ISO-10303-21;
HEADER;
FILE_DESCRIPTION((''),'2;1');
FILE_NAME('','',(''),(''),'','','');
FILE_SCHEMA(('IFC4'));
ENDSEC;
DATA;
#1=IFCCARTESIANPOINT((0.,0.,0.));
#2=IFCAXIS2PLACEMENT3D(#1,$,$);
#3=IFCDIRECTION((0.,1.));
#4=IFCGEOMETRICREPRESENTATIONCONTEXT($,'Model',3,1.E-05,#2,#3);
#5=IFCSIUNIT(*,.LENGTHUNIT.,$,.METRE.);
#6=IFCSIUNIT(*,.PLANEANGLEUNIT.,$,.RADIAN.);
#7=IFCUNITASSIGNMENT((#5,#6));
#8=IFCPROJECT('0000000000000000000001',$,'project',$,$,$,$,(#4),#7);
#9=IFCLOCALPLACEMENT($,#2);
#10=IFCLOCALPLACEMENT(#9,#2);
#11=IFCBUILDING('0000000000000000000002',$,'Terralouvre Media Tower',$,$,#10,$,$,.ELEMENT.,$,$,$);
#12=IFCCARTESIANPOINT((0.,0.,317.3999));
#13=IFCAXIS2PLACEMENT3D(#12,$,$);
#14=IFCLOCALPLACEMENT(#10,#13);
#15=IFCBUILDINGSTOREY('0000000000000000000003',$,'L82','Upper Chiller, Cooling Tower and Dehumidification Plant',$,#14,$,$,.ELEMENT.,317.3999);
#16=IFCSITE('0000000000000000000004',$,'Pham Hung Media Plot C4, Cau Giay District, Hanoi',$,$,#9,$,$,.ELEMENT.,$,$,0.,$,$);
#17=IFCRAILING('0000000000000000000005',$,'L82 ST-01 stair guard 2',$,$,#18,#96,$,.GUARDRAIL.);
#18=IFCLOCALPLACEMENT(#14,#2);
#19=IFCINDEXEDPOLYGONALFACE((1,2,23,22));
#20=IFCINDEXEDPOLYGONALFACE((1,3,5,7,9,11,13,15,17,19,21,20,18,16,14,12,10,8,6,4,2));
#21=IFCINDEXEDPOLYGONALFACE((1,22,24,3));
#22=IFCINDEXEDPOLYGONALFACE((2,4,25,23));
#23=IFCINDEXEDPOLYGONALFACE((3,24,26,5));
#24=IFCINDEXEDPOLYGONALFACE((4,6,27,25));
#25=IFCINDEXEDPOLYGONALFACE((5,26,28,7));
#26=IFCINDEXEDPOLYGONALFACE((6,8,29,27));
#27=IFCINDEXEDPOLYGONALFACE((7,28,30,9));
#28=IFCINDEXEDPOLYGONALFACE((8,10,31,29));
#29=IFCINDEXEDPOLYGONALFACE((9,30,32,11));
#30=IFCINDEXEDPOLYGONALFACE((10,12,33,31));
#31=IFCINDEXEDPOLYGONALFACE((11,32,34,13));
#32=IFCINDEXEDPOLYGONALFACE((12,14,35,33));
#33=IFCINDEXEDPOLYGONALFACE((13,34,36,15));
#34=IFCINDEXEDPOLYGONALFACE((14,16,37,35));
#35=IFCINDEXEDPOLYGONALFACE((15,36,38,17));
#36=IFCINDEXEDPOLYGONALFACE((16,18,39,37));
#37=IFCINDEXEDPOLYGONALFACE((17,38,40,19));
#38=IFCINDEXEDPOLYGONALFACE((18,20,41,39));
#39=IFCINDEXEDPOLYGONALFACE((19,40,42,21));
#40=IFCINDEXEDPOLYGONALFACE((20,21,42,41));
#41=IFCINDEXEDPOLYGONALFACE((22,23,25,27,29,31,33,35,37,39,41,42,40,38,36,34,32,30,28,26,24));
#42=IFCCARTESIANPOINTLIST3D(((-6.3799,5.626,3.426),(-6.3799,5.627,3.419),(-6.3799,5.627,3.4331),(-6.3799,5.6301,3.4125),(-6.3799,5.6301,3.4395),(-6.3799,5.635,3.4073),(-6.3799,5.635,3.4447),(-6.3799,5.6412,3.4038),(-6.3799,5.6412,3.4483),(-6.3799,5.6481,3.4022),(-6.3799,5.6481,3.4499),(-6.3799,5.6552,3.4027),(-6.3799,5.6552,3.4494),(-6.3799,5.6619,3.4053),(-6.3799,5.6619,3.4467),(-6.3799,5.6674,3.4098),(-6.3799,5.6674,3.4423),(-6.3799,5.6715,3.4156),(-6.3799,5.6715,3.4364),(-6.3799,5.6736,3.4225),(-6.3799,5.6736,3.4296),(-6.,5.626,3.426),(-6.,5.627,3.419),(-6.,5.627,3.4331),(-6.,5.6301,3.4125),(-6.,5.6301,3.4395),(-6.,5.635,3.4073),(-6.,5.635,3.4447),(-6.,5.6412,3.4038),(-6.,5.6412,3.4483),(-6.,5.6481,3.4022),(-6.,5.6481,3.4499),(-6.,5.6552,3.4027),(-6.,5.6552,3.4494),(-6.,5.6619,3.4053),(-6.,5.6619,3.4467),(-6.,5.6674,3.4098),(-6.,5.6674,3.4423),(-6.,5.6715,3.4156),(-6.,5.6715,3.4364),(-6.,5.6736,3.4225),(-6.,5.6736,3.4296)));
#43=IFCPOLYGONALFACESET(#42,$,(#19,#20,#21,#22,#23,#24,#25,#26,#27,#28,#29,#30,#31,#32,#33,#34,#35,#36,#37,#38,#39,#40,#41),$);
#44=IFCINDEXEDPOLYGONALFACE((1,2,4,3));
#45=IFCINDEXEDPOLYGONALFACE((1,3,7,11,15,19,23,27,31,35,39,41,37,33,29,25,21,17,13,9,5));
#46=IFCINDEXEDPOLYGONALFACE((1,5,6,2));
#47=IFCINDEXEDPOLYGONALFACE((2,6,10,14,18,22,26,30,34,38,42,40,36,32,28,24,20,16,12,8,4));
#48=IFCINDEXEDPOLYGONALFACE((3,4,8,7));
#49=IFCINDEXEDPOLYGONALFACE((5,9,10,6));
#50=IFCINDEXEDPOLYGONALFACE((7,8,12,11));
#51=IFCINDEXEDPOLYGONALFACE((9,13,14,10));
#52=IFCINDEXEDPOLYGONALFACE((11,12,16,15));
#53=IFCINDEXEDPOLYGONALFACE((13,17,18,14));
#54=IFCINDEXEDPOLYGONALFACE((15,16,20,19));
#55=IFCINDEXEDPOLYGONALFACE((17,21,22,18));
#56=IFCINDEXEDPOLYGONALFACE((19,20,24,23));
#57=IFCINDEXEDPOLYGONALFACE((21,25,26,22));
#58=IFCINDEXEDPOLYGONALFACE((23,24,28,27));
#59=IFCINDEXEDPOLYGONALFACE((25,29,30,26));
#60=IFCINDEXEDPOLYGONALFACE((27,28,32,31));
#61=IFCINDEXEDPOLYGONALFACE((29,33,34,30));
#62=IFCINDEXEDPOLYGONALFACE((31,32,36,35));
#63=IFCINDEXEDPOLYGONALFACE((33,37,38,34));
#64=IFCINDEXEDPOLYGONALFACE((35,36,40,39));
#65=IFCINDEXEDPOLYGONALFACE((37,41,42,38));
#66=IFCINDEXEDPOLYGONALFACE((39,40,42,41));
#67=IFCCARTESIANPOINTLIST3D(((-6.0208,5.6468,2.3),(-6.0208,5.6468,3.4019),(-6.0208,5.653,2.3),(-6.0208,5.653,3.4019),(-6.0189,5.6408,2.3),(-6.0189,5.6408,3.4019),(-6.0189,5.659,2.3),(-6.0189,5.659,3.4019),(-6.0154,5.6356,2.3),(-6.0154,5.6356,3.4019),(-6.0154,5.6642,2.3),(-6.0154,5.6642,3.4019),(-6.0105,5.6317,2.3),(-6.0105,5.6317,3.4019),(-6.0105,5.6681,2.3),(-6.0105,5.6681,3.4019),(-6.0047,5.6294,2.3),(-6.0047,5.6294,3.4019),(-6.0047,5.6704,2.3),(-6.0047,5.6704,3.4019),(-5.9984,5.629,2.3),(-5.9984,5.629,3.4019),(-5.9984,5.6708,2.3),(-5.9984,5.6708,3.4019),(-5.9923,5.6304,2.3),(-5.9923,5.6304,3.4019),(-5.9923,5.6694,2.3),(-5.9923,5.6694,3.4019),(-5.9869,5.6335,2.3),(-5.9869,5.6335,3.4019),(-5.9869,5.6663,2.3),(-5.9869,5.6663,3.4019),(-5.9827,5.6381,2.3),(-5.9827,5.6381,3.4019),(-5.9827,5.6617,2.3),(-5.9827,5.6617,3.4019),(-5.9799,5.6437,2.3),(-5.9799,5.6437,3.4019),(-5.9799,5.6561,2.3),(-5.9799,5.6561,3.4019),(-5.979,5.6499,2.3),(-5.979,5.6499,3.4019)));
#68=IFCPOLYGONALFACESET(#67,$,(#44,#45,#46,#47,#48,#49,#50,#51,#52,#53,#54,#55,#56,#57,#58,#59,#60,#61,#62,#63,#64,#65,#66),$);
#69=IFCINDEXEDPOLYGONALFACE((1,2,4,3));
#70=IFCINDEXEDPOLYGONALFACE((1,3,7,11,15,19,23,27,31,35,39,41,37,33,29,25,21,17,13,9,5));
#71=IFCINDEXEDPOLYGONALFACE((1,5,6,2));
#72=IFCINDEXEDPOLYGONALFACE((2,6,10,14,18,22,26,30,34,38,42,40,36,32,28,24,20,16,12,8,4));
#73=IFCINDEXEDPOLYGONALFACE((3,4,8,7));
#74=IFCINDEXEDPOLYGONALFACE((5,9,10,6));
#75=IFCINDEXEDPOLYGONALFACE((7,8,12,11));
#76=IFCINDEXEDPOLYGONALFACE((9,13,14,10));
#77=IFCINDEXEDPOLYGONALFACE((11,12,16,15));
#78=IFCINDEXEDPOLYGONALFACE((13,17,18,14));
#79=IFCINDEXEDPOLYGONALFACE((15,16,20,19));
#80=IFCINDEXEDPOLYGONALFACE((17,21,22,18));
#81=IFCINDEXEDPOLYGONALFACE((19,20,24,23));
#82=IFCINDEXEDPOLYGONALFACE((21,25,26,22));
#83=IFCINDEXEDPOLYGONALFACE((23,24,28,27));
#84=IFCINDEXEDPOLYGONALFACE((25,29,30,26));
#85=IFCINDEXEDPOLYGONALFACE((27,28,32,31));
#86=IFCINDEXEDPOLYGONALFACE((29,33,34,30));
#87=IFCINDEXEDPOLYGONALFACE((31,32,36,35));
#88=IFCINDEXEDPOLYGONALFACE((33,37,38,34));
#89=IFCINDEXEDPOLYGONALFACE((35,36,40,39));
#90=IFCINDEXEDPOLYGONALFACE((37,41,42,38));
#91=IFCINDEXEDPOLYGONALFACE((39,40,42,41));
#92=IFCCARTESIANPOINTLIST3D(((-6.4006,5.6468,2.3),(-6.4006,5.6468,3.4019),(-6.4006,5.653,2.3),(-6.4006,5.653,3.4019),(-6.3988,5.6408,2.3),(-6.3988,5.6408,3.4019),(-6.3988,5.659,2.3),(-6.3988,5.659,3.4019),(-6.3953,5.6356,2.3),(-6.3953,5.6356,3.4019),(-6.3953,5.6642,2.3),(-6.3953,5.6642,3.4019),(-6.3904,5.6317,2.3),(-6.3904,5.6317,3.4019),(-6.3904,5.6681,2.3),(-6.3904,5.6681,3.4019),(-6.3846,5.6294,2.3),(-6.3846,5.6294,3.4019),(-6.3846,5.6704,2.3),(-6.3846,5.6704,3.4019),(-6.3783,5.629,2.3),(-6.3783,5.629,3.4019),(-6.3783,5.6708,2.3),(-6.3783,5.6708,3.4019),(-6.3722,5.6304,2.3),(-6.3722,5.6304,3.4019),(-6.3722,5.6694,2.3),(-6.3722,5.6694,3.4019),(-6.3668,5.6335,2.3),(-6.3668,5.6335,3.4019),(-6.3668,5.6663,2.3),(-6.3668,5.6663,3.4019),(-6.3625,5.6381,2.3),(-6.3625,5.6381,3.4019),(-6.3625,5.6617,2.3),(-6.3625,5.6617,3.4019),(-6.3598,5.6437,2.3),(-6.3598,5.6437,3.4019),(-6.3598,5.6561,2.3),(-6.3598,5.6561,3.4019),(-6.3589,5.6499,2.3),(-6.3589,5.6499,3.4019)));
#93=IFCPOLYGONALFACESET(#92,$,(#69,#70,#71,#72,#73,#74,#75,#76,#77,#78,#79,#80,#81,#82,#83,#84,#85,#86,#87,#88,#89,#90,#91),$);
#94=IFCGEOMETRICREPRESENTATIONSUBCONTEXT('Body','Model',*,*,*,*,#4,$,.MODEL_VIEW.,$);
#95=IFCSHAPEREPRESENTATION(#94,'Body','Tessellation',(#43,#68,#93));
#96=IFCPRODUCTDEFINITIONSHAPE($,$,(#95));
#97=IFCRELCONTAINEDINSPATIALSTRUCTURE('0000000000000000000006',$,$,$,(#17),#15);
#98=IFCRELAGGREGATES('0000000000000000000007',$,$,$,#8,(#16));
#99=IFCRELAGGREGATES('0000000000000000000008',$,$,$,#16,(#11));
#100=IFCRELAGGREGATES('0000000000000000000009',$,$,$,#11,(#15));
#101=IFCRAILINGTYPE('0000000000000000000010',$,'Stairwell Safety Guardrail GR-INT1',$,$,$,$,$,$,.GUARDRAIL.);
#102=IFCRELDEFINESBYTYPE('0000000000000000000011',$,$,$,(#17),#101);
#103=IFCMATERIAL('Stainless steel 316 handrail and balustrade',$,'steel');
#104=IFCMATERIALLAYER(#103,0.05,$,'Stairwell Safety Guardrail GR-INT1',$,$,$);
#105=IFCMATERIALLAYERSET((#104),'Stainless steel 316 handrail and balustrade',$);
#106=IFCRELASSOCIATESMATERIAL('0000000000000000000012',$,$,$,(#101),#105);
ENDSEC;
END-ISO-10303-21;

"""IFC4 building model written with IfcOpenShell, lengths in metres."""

from ifc_helpers import new_model, si_unit, direction, frame, origin, origin_2d, place, context, subcontext, project, spatial, circle, extrude, material, layer, layer_set, type_object, element, save


model = new_model("IFC4")

# Units and contexts
model_context = context("Model", 3, precision=1e-05, world=origin(), true_north=direction((0.0, 1.0)))
body_context = subcontext(model_context, "Body", "Model", "MODEL_VIEW")
ifc_project = project(units=[si_unit("LENGTHUNIT", "METRE"), si_unit("PLANEANGLEUNIT", "RADIAN")], contexts=[model_context])

# Site, building, storey
site_placement = place(None, origin())
site = spatial("IfcSite", under=ifc_project, at=site_placement, Name="Pham Hung Media Plot C4, Cau Giay District, Hanoi", CompositionType="ELEMENT", RefElevation=0.0)
building_placement = place(site_placement, origin())
building = spatial("IfcBuilding", under=site, at=building_placement, Name="Terralouvre Media Tower", CompositionType="ELEMENT")
storey_placement = place(building_placement, frame((0.0, 0.0, 317.3999)))
storey = spatial("IfcBuildingStorey", under=building, at=storey_placement, Name="L82", Description="Upper Chiller, Cooling Tower and Dehumidification Plant", CompositionType="ELEMENT", Elevation=317.3999)

# Railing
ifc_material_1 = material(Name="Stainless steel 316 handrail and balustrade", Category="steel")
ifc_layer_1 = layer(ifc_material_1, 0.05, Name="Stairwell Safety Guardrail GR-INT1")
ifc_layer_set_1 = layer_set([ifc_layer_1], Name="Stainless steel 316 handrail and balustrade")
railing_type_1 = type_object("IfcRailingType", Name="Stairwell Safety Guardrail GR-INT1", PredefinedType="GUARDRAIL", material=ifc_layer_set_1)
railing_1_placement = place(storey_placement, frame((-6.0, 5.6499, 2.3)))
element("IfcRailing", 1, at=railing_1_placement, inside=storey, type_object=railing_type_1, Name="L82 ST-01 stair guard 2", PredefinedType="GUARDRAIL", context=body_context, shape_type="SweptSolid", body=[
    extrude(circle(Radius=0.0239, at=origin_2d()), frame((0.0, 0.0, 1.126), z_axis=(-1.0, 0.0, 0.0), x_axis=(0.0, -1.0, 0.0)), (0.0, 0.0, 1.0), 0.3799),
    extrude(circle(Radius=0.021, at=origin_2d()), origin(), (0.0, 0.0, 1.0), 1.1018),
    extrude(circle(Radius=0.021, at=origin_2d()), frame((-0.3799, 0.0, 0.0)), (0.0, 0.0, 1.0), 1.1018),
])

save(model, "model.ifc")
